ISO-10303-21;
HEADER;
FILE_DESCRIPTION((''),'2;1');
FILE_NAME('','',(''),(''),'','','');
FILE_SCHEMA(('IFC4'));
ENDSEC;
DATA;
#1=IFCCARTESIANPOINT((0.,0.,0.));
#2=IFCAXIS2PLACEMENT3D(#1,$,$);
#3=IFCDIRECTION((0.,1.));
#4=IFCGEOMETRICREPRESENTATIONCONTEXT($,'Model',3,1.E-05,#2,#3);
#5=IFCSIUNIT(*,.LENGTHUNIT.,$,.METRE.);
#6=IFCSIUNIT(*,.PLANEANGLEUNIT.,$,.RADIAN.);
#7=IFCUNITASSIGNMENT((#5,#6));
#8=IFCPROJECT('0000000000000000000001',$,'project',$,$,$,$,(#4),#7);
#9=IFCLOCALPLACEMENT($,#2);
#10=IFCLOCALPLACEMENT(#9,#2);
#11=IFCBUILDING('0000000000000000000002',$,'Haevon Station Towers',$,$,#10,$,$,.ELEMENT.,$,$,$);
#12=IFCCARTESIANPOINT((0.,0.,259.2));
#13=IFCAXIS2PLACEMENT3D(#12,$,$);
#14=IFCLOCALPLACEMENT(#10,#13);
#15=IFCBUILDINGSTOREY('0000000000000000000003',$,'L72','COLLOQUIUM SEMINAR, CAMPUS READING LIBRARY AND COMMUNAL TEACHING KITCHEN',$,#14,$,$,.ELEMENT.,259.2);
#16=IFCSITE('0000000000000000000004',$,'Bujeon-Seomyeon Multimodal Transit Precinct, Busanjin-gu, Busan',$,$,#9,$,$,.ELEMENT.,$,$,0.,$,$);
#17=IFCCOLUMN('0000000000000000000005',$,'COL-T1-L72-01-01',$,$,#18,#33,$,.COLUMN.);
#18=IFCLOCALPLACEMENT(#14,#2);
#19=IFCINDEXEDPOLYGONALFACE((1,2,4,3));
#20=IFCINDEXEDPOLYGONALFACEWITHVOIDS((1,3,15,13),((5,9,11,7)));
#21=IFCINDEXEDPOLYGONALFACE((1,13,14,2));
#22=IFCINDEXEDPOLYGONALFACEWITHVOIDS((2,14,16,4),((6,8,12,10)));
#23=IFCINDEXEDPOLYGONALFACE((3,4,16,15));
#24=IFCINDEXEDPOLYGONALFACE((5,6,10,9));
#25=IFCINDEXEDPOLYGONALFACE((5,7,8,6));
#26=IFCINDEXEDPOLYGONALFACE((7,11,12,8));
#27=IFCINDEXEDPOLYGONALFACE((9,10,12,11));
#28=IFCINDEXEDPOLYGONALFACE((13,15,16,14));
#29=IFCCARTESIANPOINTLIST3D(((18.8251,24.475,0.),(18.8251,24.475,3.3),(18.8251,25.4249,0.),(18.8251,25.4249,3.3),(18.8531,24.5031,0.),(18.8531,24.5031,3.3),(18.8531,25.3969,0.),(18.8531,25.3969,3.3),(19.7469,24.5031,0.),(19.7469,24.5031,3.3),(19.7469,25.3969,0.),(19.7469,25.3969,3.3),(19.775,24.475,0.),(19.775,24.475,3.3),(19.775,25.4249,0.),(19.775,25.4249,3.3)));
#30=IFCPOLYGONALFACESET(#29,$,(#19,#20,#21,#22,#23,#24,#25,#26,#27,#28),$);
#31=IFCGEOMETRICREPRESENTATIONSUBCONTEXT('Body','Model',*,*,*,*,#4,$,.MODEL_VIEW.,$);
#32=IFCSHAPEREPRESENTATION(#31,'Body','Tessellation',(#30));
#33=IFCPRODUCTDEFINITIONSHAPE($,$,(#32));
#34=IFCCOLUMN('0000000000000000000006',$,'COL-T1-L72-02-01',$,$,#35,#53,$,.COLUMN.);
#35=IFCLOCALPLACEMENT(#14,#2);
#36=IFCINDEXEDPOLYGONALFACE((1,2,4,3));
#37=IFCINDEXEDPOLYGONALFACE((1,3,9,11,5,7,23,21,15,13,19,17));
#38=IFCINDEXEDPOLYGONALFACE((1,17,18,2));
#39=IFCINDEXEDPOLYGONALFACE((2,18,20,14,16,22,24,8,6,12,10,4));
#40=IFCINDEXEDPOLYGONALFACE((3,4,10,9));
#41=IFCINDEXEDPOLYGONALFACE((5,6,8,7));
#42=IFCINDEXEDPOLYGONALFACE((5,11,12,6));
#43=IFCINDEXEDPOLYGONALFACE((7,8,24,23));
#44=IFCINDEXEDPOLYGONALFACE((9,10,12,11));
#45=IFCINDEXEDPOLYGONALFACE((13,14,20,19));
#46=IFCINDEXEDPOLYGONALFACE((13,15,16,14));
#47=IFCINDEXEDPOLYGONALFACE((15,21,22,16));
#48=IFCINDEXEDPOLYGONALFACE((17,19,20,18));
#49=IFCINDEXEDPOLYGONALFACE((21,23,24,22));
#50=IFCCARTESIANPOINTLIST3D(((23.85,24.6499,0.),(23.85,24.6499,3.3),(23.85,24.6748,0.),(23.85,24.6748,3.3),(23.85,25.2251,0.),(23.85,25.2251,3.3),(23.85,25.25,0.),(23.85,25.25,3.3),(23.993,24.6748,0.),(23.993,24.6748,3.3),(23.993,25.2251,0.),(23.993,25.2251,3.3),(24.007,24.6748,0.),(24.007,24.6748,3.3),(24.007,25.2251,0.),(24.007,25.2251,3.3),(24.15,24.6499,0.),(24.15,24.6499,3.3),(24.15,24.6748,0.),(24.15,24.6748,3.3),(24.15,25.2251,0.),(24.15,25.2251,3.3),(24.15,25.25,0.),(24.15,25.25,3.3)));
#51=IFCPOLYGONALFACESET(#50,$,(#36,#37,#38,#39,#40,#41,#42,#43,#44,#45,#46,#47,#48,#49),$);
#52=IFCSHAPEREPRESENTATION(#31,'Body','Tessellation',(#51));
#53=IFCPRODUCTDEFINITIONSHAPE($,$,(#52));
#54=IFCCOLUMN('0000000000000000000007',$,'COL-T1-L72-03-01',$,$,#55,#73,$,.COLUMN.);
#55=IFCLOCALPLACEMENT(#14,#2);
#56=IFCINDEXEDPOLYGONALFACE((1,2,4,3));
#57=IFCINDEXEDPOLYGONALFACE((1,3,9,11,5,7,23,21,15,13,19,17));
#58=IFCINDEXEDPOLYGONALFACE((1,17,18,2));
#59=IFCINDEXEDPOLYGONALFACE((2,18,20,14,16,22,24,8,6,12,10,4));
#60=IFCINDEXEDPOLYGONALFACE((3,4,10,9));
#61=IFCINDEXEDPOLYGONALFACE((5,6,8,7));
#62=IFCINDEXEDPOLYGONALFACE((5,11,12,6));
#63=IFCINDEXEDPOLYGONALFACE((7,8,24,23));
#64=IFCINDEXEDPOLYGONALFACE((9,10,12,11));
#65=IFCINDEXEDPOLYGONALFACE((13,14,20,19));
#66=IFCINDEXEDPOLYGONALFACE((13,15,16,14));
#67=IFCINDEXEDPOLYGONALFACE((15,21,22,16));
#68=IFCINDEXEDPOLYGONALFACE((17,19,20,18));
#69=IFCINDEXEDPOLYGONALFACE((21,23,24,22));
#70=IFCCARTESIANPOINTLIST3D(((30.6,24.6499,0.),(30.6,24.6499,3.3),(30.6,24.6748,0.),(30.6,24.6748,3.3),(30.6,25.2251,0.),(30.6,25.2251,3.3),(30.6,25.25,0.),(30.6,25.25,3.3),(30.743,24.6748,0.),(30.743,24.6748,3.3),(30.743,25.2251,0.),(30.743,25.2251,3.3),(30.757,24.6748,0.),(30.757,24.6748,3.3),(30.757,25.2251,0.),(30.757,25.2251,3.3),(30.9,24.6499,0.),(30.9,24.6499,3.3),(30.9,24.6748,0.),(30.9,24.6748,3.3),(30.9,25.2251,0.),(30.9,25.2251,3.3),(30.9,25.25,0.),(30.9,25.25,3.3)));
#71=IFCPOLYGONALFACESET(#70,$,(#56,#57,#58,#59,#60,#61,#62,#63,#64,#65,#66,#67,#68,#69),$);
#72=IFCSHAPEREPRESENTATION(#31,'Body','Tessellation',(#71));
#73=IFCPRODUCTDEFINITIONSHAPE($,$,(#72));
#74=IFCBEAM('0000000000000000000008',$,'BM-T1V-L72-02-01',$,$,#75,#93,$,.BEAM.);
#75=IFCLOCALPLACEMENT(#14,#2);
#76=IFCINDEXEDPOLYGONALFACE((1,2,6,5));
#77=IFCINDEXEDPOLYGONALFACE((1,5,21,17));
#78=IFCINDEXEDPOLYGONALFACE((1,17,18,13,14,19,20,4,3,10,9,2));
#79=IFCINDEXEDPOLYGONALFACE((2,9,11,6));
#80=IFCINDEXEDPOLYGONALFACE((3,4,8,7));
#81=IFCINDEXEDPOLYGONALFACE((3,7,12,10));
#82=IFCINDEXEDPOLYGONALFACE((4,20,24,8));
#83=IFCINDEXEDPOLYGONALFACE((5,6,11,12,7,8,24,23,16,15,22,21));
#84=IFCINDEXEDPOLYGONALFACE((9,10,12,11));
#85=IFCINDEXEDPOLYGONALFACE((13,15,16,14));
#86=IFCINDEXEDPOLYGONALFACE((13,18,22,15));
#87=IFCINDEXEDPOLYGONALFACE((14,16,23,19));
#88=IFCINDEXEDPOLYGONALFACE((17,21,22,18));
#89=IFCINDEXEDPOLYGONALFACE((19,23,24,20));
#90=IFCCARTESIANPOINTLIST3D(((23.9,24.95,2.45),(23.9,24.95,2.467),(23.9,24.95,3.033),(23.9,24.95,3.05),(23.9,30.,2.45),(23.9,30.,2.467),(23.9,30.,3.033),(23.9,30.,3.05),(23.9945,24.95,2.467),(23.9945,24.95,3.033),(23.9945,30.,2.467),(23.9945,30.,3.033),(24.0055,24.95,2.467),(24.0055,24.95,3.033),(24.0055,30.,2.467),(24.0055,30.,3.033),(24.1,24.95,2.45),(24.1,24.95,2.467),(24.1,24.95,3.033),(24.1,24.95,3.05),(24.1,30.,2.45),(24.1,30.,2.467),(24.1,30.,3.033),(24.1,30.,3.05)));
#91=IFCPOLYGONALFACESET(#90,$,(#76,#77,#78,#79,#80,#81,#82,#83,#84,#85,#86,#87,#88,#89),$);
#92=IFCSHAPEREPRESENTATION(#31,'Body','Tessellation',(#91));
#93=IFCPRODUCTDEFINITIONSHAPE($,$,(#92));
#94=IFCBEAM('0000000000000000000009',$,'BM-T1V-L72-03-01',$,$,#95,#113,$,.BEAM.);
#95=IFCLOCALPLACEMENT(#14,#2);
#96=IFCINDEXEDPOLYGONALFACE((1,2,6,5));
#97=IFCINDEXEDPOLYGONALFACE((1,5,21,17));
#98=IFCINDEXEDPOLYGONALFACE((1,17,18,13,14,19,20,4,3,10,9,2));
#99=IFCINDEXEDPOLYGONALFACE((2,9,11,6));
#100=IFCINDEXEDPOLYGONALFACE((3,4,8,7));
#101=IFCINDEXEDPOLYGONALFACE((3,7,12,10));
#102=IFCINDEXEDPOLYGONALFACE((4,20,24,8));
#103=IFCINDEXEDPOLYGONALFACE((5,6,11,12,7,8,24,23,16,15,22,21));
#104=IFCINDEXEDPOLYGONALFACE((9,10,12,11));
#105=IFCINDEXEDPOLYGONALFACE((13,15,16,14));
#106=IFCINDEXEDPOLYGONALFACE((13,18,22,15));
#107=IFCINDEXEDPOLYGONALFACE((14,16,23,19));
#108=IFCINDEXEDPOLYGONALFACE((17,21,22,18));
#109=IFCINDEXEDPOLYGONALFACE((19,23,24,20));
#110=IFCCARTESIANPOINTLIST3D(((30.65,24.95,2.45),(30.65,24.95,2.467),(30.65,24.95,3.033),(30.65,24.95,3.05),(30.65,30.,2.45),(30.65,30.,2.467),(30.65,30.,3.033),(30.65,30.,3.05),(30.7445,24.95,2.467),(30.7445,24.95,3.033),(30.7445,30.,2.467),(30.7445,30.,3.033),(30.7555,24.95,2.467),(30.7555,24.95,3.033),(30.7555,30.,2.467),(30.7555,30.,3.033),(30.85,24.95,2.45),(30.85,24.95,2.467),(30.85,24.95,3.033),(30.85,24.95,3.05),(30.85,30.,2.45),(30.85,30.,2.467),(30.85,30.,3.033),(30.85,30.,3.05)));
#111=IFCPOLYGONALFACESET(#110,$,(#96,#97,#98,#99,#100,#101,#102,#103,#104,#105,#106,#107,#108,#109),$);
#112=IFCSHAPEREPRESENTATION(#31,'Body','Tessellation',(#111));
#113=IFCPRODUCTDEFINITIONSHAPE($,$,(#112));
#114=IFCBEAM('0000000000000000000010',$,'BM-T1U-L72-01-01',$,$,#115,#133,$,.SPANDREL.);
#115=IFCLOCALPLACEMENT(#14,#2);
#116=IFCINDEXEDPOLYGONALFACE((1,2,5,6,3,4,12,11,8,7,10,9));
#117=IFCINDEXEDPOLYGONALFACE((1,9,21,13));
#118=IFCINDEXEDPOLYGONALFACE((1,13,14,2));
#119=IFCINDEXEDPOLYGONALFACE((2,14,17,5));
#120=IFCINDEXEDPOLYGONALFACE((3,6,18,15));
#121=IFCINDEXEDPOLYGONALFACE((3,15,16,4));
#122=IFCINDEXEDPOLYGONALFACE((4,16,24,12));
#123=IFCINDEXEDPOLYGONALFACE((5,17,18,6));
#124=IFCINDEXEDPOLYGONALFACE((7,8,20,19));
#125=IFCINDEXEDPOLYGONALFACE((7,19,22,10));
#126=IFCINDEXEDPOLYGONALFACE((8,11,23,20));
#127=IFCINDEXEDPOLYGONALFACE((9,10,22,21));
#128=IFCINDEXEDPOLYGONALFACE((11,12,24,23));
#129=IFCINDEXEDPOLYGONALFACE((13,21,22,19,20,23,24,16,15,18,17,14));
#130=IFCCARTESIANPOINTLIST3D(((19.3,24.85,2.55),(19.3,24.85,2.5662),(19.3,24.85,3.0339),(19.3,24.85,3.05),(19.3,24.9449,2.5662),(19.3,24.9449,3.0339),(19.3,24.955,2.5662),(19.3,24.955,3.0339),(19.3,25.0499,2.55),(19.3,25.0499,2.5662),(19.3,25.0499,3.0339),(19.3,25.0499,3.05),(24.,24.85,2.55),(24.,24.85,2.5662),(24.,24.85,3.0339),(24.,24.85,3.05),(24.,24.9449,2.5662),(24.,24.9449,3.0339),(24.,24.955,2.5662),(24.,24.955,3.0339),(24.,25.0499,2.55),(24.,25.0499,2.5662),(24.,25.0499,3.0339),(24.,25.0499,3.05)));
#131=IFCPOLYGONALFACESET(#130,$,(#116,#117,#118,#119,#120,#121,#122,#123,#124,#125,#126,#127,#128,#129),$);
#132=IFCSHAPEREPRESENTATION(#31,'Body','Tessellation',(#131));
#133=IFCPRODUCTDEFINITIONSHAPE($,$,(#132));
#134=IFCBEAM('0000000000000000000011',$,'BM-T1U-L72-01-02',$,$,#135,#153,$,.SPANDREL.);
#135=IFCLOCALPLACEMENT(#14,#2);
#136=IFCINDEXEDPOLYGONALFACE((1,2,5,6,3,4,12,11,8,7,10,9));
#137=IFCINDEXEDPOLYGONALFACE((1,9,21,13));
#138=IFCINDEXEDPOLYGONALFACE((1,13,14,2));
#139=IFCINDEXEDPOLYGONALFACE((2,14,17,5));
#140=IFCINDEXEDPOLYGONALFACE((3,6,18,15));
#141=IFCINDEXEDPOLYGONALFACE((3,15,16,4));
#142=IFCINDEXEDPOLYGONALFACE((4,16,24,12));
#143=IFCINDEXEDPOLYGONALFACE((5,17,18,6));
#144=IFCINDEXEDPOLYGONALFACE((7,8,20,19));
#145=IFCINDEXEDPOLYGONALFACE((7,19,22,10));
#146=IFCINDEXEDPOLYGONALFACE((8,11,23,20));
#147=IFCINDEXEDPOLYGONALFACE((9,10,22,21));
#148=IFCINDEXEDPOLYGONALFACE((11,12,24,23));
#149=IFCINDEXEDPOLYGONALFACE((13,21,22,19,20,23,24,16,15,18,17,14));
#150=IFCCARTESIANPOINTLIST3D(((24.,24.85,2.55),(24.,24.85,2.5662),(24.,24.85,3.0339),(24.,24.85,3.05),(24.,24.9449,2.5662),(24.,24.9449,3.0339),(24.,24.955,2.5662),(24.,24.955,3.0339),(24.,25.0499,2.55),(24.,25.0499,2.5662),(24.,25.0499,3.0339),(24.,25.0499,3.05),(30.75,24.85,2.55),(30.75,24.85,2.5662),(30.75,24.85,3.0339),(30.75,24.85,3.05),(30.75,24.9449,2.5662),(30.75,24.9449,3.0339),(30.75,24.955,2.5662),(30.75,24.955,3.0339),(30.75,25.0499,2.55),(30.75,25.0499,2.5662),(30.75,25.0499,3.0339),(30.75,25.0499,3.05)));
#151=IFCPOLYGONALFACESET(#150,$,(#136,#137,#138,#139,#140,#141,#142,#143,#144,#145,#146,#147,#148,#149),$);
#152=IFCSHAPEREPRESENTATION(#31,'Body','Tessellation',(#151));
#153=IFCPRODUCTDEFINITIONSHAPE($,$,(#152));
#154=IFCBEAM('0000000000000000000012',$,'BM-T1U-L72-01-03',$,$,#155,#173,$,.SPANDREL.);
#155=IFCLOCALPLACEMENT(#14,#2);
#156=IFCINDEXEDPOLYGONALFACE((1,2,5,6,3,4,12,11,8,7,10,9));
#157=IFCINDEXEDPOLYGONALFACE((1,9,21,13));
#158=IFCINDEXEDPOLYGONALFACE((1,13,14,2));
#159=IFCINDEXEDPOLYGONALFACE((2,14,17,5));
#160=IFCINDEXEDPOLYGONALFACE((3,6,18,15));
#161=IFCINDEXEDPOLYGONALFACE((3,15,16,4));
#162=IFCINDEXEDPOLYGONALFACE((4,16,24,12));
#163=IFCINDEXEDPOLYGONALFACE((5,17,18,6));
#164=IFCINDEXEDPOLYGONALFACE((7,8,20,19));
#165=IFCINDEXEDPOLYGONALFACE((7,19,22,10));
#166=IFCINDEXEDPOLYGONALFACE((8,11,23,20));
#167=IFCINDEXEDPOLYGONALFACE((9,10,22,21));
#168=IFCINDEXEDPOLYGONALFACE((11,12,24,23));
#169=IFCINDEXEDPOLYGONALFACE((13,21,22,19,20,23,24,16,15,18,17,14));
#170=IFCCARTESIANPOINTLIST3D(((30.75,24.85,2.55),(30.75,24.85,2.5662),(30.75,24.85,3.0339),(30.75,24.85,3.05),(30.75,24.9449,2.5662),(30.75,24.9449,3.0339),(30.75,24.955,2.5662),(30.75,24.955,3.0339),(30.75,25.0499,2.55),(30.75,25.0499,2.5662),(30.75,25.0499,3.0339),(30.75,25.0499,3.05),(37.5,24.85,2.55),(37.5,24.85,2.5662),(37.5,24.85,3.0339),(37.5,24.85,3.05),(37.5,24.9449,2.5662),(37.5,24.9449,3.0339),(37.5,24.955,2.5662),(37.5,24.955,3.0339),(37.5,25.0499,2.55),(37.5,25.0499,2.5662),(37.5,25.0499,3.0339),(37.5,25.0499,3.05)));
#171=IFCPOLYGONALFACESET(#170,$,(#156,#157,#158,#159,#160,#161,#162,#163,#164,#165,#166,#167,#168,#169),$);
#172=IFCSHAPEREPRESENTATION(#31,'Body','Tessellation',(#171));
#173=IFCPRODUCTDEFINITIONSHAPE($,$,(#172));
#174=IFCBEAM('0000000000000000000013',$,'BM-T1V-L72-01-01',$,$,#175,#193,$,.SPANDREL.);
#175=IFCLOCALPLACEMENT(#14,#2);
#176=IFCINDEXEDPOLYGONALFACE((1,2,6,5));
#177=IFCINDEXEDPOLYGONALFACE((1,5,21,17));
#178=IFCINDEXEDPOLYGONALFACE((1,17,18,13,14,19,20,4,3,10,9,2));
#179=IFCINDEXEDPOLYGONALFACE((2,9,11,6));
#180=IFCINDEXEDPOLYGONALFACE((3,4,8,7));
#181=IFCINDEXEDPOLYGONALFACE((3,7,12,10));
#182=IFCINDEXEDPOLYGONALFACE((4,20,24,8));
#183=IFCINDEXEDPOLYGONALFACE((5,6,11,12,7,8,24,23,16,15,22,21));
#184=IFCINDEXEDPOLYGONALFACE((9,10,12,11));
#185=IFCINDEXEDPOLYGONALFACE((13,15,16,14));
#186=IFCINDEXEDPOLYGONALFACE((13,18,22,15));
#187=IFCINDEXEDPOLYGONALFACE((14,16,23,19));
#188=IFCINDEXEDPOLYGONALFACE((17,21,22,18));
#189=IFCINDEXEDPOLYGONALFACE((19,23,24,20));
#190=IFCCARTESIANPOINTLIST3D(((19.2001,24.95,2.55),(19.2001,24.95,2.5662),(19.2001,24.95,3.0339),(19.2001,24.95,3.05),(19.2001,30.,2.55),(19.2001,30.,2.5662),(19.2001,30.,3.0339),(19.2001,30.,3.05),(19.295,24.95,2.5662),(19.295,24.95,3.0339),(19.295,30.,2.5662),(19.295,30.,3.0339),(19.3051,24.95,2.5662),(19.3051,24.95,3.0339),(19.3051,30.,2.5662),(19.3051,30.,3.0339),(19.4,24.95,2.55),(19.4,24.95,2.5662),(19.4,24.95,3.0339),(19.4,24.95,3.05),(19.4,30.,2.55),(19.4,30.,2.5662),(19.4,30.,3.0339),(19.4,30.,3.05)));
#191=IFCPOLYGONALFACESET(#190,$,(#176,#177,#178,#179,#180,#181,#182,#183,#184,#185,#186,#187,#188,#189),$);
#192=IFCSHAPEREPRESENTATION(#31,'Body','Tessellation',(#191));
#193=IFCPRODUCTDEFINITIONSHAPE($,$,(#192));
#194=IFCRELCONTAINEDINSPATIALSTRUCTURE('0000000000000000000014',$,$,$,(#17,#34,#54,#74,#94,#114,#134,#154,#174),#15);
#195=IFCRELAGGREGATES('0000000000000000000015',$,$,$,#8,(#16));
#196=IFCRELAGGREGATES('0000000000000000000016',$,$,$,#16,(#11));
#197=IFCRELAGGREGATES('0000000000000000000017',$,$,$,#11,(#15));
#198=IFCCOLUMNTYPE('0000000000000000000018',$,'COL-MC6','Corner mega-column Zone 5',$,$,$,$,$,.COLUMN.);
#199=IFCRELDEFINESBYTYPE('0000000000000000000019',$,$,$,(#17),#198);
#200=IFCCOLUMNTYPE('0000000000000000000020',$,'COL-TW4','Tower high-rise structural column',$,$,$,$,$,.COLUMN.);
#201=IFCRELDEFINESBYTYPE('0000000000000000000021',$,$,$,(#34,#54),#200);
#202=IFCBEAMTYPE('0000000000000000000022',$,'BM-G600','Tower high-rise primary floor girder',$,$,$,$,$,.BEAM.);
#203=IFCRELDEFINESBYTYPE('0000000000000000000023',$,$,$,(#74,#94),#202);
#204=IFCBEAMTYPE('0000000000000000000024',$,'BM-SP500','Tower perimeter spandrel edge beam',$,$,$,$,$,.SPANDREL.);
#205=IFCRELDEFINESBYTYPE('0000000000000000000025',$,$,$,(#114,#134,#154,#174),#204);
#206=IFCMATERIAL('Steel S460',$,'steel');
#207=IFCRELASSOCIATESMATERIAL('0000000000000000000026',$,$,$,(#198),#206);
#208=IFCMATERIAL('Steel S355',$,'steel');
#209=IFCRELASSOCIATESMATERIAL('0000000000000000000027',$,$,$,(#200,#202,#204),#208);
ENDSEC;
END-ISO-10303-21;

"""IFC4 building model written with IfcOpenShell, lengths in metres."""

from ifc_helpers import new_model, si_unit, direction, frame, origin, origin_2d, place, context, subcontext, project, spatial, hollow_rectangle, i_section, extrude, material, material_profile, profile_set, type_object, element, save


model = new_model("IFC4")

# Units and contexts
model_context = context("Model", 3, precision=1e-05, world=origin(), true_north=direction((0.0, 1.0)))
body_context = subcontext(model_context, "Body", "Model", "MODEL_VIEW")
ifc_project = project(units=[si_unit("LENGTHUNIT", "METRE"), si_unit("PLANEANGLEUNIT", "RADIAN")], contexts=[model_context])

# Site, building, storey
site_placement = place(None, origin())
site = spatial("IfcSite", under=ifc_project, at=site_placement, Name="Bujeon-Seomyeon Multimodal Transit Precinct, Busanjin-gu, Busan", CompositionType="ELEMENT", RefElevation=0.0)
building_placement = place(site_placement, origin())
building = spatial("IfcBuilding", under=site, at=building_placement, Name="Haevon Station Towers", CompositionType="ELEMENT")
storey_placement = place(building_placement, frame((0.0, 0.0, 259.2)))
storey = spatial("IfcBuildingStorey", under=building, at=storey_placement, Name="L72", Description="COLLOQUIUM SEMINAR, CAMPUS READING LIBRARY AND COMMUNAL TEACHING KITCHEN", CompositionType="ELEMENT", Elevation=259.2)

# Columns
ifc_material_1 = material(Name="Steel S460", Category="steel")
ifc_material_profile_1 = material_profile(ifc_material_1, hollow_rectangle(XDim=0.95, YDim=0.95, WallThickness=0.0281, at=origin_2d()), Name="BOX-950x950x28")
ifc_profile_set_1 = profile_set([ifc_material_profile_1], Name="Steel S460")
column_type_1 = type_object("IfcColumnType", Name="COL-MC6", Description="Corner mega-column Zone 5", PredefinedType="COLUMN", material=ifc_profile_set_1)
column_placement = place(storey_placement, frame((19.3, 24.95, 0.0), z_axis=(0.0, 0.0, 1.0), x_axis=(1.0, 0.0, 0.0)))
element("IfcColumn", 1, at=column_placement, inside=storey, type_object=column_type_1, Name="COL-T1-L72-01-01", PredefinedType="COLUMN", context=body_context, shape_type="SweptSolid", body=[
    extrude(hollow_rectangle(XDim=0.95, YDim=0.95, WallThickness=0.0281, at=origin_2d()), origin(), (0.0, 0.0, 1.0), 3.3),
])
ifc_material_2 = material(Name="Steel S355", Category="steel")
ifc_material_profile_2 = material_profile(ifc_material_2, i_section(OverallWidth=0.3, OverallDepth=0.6001, WebThickness=0.0139, FlangeThickness=0.0249, at=origin_2d()), Name="H-600x300x14x25")
ifc_profile_set_2 = profile_set([ifc_material_profile_2], Name="Steel S355")
column_type_2 = type_object("IfcColumnType", Name="COL-TW4", Description="Tower high-rise structural column", PredefinedType="COLUMN", material=ifc_profile_set_2)
for number, where, z_axis, x_axis, name in (
    (2, (24.0, 24.95, 0.0), (0.0, 0.0, 1.0), (1.0, 0.0, 0.0), "COL-T1-L72-02-01"),
    (3, (30.75, 24.95, 0.0), (0.0, 0.0, 1.0), (1.0, 0.0, 0.0), "COL-T1-L72-03-01"),
):
    element("IfcColumn", number, at=place(storey_placement, frame(where, z_axis=z_axis, x_axis=x_axis)), inside=storey, type_object=column_type_2, Name=name, PredefinedType="COLUMN", context=body_context, shape_type="SweptSolid", body=[
        extrude(i_section(OverallWidth=0.3, OverallDepth=0.6001, WebThickness=0.0139, FlangeThickness=0.0249, at=origin_2d()), origin(), (0.0, 0.0, 1.0), 3.3),
    ])

# Beams
ifc_material_profile_3 = material_profile(ifc_material_2, i_section(OverallWidth=0.2, OverallDepth=0.6001, WebThickness=0.011, FlangeThickness=0.0171, at=origin_2d()), Name="H-600x200x11x17")
ifc_profile_set_3 = profile_set([ifc_material_profile_3], Name="Steel S355")
beam_type_1 = type_object("IfcBeamType", Name="BM-G600", Description="Tower high-rise primary floor girder", PredefinedType="BEAM", material=ifc_profile_set_3)
for number, where, z_axis, x_axis, name in (
    (4, (24.0, 24.95, 2.75), (0.0, 1.0, 0.0), (-1.0, 0.0, 0.0), "BM-T1V-L72-02-01"),
    (5, (30.75, 24.95, 2.75), (0.0, 1.0, 0.0), (-1.0, 0.0, 0.0), "BM-T1V-L72-03-01"),
):
    element("IfcBeam", number, at=place(storey_placement, frame(where, z_axis=z_axis, x_axis=x_axis)), inside=storey, type_object=beam_type_1, Name=name, PredefinedType="BEAM", context=body_context, shape_type="SweptSolid", body=[
        extrude(i_section(OverallWidth=0.2, OverallDepth=0.6001, WebThickness=0.011, FlangeThickness=0.0171, at=origin_2d()), origin(), (0.0, 0.0, 1.0), 5.05),
    ])
ifc_material_profile_4 = material_profile(ifc_material_2, i_section(OverallWidth=0.2, OverallDepth=0.5, WebThickness=0.01, FlangeThickness=0.0161, at=origin_2d()), Name="H-500x200x10x16")
ifc_profile_set_4 = profile_set([ifc_material_profile_4], Name="Steel S355")
beam_type_2 = type_object("IfcBeamType", Name="BM-SP500", Description="Tower perimeter spandrel edge beam", PredefinedType="SPANDREL", material=ifc_profile_set_4)
beam_1_placement = place(storey_placement, frame((19.3, 24.95, 2.8), z_axis=(1.0, 0.0, 0.0), x_axis=(0.0, 1.0, 0.0)))
element("IfcBeam", 6, at=beam_1_placement, inside=storey, type_object=beam_type_2, Name="BM-T1U-L72-01-01", PredefinedType="SPANDREL", context=body_context, shape_type="SweptSolid", body=[
    extrude(i_section(OverallWidth=0.2, OverallDepth=0.5, WebThickness=0.01, FlangeThickness=0.0161, at=origin_2d()), origin(), (0.0, 0.0, 1.0), 4.7),
])
for number, where, z_axis, x_axis, name in (
    (7, (24.0, 24.95, 2.8), (1.0, 0.0, 0.0), (0.0, 1.0, 0.0), "BM-T1U-L72-01-02"),
    (8, (30.75, 24.95, 2.8), (1.0, 0.0, 0.0), (0.0, 1.0, 0.0), "BM-T1U-L72-01-03"),
):
    element("IfcBeam", number, at=place(storey_placement, frame(where, z_axis=z_axis, x_axis=x_axis)), inside=storey, type_object=beam_type_2, Name=name, PredefinedType="SPANDREL", context=body_context, shape_type="SweptSolid", body=[
        extrude(i_section(OverallWidth=0.2, OverallDepth=0.5, WebThickness=0.01, FlangeThickness=0.0161, at=origin_2d()), origin(), (0.0, 0.0, 1.0), 6.75),
    ])
beam_2_placement = place(storey_placement, frame((19.3, 24.95, 2.8), z_axis=(0.0, 1.0, 0.0), x_axis=(-1.0, 0.0, 0.0)))
element("IfcBeam", 9, at=beam_2_placement, inside=storey, type_object=beam_type_2, Name="BM-T1V-L72-01-01", PredefinedType="SPANDREL", context=body_context, shape_type="SweptSolid", body=[
    extrude(i_section(OverallWidth=0.2, OverallDepth=0.5, WebThickness=0.01, FlangeThickness=0.0161, at=origin_2d()), origin(), (0.0, 0.0, 1.0), 5.05),
])

save(model, "model.ifc")
